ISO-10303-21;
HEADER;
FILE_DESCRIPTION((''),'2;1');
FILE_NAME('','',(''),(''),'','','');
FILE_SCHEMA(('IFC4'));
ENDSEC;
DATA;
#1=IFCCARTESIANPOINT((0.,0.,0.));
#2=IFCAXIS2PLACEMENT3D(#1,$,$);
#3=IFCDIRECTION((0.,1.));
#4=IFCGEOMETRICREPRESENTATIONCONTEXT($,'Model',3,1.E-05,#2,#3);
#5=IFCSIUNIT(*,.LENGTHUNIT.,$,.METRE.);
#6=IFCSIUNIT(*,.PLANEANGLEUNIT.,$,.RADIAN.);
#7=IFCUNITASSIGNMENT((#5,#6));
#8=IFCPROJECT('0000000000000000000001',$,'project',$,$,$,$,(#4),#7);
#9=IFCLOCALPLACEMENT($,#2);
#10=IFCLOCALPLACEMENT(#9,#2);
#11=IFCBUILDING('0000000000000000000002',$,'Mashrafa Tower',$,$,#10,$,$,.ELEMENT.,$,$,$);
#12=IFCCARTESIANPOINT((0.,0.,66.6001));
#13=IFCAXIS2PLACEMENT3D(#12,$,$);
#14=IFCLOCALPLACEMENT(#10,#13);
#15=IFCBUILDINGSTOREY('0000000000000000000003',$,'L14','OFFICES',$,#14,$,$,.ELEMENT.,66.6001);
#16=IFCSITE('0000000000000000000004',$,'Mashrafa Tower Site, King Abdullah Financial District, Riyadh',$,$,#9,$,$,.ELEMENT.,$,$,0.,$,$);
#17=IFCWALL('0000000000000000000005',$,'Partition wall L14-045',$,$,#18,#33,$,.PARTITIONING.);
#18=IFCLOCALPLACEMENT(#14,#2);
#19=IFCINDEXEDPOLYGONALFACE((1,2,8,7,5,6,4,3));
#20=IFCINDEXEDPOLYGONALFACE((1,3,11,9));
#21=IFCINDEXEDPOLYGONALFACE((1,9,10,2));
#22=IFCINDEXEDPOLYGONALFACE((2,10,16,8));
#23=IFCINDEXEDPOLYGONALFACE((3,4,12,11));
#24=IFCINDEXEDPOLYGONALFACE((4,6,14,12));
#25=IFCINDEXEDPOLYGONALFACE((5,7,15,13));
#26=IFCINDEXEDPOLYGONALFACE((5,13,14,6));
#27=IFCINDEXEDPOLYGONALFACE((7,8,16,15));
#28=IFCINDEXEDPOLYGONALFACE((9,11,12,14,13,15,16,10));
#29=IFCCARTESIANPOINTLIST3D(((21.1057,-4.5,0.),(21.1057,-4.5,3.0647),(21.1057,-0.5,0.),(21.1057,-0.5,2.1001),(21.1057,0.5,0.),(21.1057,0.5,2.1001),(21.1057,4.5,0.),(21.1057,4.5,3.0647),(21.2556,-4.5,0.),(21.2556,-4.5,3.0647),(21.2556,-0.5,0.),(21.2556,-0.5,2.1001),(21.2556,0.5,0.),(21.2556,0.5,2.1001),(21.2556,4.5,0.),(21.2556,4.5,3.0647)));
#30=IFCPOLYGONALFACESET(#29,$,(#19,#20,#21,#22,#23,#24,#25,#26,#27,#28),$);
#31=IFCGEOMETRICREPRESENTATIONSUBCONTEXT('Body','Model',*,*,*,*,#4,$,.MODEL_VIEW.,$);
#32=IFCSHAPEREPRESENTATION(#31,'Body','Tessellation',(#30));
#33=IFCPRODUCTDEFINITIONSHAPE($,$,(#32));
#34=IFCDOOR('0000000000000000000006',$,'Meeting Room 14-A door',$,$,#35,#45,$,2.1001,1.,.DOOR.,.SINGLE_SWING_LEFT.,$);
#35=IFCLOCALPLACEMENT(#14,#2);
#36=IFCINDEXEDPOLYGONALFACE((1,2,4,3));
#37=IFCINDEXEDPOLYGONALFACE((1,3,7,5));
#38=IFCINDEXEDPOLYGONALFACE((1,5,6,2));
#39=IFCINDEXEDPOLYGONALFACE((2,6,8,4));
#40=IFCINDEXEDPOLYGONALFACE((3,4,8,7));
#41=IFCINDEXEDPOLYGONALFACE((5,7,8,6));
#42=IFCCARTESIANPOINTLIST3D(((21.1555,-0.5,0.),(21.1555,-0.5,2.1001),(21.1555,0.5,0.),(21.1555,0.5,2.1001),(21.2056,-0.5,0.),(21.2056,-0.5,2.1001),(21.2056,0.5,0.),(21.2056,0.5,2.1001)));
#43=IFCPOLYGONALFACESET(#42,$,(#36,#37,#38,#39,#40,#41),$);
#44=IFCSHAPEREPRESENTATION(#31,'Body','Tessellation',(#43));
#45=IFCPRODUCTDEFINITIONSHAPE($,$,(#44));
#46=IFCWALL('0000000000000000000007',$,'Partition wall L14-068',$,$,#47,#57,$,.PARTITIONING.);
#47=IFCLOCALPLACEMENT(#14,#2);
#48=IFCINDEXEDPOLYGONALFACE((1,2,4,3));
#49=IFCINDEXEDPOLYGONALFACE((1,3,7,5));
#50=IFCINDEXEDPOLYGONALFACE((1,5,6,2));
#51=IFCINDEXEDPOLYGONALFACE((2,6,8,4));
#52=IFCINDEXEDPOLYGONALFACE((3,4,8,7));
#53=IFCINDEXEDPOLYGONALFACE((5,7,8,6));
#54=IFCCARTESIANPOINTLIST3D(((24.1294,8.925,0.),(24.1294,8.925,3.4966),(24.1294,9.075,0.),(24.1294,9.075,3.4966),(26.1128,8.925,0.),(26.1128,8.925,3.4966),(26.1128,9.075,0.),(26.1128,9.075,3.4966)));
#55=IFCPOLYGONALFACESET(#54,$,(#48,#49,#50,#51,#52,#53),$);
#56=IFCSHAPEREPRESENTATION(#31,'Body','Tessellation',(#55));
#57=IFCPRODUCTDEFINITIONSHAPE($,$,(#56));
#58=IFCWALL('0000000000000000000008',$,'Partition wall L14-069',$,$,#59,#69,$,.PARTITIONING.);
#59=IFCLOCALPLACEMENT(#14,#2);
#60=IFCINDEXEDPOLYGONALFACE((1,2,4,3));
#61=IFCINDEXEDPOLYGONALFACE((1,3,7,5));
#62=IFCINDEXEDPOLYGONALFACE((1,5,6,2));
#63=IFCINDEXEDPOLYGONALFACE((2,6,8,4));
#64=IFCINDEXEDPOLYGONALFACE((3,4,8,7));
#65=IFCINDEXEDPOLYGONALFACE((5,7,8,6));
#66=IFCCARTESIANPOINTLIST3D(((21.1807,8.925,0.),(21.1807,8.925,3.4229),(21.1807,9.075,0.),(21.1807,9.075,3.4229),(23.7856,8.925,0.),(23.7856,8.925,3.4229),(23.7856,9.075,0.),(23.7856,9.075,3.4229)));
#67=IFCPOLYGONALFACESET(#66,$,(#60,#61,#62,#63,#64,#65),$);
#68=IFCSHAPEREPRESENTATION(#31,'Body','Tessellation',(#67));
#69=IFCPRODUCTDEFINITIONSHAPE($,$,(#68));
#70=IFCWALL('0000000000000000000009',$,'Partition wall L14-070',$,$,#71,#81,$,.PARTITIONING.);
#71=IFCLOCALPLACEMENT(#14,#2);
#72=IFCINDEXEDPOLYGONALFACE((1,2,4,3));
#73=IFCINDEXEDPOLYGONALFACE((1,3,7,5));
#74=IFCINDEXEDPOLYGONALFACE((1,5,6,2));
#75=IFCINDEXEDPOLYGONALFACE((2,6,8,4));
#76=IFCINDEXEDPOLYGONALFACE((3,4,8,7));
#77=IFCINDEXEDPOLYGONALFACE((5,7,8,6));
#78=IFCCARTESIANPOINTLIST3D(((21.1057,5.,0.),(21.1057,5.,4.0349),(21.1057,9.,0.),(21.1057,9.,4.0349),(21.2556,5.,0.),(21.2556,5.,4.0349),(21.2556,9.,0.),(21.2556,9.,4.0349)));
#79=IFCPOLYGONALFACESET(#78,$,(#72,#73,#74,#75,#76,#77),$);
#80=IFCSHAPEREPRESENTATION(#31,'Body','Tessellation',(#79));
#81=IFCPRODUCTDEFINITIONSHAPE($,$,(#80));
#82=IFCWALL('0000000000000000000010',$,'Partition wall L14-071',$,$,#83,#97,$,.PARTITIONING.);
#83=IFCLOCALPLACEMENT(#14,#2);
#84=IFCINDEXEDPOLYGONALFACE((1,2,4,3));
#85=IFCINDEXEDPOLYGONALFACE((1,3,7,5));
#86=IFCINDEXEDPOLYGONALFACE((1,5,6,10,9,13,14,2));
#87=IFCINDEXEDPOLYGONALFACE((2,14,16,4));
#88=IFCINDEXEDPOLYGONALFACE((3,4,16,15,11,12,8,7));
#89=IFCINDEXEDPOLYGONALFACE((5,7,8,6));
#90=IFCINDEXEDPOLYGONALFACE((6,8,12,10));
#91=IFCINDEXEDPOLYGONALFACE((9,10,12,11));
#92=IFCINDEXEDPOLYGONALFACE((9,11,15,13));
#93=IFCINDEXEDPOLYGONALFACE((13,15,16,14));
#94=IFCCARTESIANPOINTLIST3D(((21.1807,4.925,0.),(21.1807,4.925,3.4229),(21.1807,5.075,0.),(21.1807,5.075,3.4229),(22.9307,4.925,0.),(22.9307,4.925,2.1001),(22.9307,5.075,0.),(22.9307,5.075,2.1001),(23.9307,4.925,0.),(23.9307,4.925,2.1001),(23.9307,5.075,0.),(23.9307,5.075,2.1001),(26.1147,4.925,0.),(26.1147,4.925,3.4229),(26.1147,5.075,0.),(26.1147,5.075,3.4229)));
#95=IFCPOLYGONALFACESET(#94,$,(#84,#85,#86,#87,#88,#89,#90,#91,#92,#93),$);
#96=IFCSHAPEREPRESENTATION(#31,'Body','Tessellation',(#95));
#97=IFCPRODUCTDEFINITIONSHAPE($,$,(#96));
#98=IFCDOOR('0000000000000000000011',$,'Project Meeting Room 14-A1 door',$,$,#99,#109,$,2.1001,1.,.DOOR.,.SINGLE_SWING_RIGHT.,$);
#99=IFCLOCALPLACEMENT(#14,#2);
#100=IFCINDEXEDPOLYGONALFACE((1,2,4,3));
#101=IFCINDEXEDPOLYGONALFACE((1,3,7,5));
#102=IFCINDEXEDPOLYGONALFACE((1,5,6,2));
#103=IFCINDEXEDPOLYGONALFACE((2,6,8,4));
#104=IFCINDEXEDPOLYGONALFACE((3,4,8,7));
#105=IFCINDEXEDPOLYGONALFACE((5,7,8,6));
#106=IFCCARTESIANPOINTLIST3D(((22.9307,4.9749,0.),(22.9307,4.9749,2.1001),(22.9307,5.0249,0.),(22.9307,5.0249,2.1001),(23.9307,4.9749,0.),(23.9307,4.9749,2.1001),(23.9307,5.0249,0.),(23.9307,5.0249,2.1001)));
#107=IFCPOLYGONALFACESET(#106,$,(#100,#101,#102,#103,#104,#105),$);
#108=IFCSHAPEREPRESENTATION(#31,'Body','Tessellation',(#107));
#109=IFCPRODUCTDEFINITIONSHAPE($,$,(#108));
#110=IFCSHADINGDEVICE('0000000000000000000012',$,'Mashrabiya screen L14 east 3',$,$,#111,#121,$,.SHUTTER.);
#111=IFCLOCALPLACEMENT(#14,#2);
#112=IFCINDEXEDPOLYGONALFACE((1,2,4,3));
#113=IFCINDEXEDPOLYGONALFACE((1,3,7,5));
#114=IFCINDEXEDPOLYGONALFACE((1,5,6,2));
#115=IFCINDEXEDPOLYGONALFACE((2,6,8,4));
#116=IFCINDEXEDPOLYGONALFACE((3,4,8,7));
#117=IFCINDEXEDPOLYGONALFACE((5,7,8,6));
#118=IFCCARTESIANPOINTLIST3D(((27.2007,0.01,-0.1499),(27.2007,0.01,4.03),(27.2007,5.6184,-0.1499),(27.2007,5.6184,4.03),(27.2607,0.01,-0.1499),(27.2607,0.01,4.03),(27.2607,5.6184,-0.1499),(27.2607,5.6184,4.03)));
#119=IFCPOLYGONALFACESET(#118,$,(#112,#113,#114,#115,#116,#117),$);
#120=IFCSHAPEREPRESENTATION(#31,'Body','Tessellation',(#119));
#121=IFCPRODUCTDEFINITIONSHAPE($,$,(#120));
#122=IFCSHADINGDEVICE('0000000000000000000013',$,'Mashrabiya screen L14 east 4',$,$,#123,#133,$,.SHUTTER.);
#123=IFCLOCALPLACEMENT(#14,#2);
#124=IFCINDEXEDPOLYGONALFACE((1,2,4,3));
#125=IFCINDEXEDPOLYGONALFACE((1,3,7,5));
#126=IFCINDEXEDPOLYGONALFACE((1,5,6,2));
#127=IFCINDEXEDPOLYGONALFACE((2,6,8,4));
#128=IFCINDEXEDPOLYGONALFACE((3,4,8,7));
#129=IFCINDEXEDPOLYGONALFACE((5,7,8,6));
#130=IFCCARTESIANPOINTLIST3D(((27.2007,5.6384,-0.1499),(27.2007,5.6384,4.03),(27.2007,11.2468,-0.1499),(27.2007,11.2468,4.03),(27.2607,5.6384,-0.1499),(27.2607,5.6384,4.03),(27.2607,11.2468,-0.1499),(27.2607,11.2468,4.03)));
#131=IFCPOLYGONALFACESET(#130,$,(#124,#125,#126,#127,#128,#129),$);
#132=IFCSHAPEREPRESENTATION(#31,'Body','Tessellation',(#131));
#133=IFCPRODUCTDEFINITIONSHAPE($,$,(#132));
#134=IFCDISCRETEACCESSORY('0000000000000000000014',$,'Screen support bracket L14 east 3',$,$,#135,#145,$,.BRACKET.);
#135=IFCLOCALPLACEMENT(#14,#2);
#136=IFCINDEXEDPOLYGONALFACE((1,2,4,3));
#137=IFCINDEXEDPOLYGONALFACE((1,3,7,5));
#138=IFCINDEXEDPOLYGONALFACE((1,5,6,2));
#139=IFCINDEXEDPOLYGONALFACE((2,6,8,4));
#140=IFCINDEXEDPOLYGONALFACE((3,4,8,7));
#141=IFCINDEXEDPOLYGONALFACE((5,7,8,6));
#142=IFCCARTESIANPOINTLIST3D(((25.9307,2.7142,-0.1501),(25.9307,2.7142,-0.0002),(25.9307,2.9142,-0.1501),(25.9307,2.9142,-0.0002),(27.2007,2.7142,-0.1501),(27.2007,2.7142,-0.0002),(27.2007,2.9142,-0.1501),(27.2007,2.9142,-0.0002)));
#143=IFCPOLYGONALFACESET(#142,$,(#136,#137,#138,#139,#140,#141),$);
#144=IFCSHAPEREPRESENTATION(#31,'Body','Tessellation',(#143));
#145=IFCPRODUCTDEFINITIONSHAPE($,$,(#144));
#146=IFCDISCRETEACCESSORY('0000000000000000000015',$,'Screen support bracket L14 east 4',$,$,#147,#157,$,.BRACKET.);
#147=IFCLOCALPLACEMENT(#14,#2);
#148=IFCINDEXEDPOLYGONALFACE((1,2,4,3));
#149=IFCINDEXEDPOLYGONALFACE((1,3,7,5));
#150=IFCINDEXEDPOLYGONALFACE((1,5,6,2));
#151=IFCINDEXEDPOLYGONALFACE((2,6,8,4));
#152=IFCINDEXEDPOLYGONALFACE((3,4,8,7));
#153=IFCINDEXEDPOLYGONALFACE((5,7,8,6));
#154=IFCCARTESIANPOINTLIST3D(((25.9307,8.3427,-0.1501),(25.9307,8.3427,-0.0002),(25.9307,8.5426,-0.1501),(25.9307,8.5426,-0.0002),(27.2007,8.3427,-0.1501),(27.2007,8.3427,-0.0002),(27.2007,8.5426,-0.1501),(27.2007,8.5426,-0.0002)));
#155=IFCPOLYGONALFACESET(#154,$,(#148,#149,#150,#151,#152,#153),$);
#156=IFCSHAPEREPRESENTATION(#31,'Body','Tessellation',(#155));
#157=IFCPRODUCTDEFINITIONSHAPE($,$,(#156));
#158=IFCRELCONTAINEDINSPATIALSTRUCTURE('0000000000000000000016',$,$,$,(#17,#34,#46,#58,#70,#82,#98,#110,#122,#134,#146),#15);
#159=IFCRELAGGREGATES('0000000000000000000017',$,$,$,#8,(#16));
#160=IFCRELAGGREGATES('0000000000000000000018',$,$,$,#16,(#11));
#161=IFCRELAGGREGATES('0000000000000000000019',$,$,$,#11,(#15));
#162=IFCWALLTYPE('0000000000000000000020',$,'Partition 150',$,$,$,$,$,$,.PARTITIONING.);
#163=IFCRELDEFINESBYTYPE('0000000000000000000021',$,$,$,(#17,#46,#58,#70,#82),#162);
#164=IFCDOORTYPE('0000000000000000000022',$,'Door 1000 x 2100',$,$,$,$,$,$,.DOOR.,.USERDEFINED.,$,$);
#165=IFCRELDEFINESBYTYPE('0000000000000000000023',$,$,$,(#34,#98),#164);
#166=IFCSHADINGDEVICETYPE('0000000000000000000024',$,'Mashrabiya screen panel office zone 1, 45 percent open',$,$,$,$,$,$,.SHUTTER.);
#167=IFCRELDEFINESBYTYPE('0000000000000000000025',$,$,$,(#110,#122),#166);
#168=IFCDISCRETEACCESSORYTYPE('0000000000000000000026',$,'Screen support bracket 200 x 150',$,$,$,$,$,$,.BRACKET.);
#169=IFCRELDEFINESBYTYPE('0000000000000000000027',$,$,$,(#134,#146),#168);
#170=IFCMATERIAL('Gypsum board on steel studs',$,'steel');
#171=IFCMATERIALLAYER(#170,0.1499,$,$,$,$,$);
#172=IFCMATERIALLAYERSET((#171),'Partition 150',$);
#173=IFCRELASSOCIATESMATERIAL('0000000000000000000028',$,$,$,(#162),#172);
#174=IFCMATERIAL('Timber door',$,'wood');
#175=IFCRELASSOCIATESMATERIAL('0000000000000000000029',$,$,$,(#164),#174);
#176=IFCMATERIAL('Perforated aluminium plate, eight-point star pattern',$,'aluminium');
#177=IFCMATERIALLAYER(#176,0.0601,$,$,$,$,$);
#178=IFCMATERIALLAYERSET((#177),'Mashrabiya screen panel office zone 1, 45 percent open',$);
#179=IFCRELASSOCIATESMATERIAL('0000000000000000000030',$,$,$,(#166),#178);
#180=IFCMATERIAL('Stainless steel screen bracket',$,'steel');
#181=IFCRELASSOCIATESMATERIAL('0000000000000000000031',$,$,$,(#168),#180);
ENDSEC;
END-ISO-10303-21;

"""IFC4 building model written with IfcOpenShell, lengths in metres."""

from ifc_helpers import new_model, si_unit, direction, frame, frame_2d, origin, origin_2d, place, context, subcontext, project, spatial, rectangle, extrude, source, transform, mapped, material, layer, layer_set, type_object, type_shapes, element, fill, save


model = new_model("IFC4")

# Units and contexts
model_context = context("Model", 3, precision=1e-05, world=origin(), true_north=direction((0.0, 1.0)))
body_context = subcontext(model_context, "Body", "Model", "MODEL_VIEW")
ifc_project = project(units=[si_unit("LENGTHUNIT", "METRE"), si_unit("PLANEANGLEUNIT", "RADIAN")], contexts=[model_context])

# Site, building, storey
site_placement = place(None, origin())
site = spatial("IfcSite", under=ifc_project, at=site_placement, Name="Mashrafa Tower Site, King Abdullah Financial District, Riyadh", CompositionType="ELEMENT", RefElevation=0.0)
building_placement = place(site_placement, origin())
building = spatial("IfcBuilding", under=site, at=building_placement, Name="Mashrafa Tower", CompositionType="ELEMENT")
storey_placement = place(building_placement, frame((0.0, 0.0, 66.6001)))
storey = spatial("IfcBuildingStorey", under=building, at=storey_placement, Name="L14", Description="OFFICES", CompositionType="ELEMENT", Elevation=66.6001)

# Shared definitions
ifc_material_1 = material(Name="Gypsum board on steel studs", Category="steel")
ifc_layer_1 = layer(ifc_material_1, 0.1499)
ifc_layer_set_1 = layer_set([ifc_layer_1], Name="Partition 150")
wall_type_1 = type_object("IfcWallType", Name="Partition 150", PredefinedType="PARTITIONING", material=ifc_layer_set_1)

# Wall, opening, door
wall_1_placement = place(storey_placement, frame((21.1807, 4.5, 0.0), z_axis=(0.0, 0.0, 1.0), x_axis=(0.0, -1.0, 0.0)))
wall_1 = element("IfcWall", 1, at=wall_1_placement, inside=storey, type_object=wall_type_1, Name="Partition wall L14-045", PredefinedType="PARTITIONING", context=body_context, shape_type="SweptSolid", body=[
    extrude(rectangle(XDim=9.0, YDim=0.1499, at=frame_2d((4.5, 0.0))), origin(), (0.0, 0.0, 1.0), 3.0647),
])
opening_1_placement = place(wall_1_placement, frame((4.0, 0.0, 0.0)))
opening_1 = element("IfcOpeningElement", 2, at=opening_1_placement, cuts=wall_1, PredefinedType="OPENING", context=body_context, shape_type="SweptSolid", body=[
    extrude(rectangle(XDim=1.0, YDim=2.1001, at=frame_2d((0.5, 1.05))), frame((0.0, 0.085, 0.0), z_axis=(0.0, -1.0, 0.0), x_axis=(1.0, 0.0, 0.0)), (0.0, 0.0, 1.0), 0.1699),
])
ifc_material_2 = material(Name="Timber door", Category="wood")
door_type = type_object("IfcDoorType", Name="Door 1000 x 2100", OperationType="USERDEFINED", PredefinedType="DOOR", material=ifc_material_2)
door_1_placement = place(opening_1_placement, origin())
door_1 = element("IfcDoor", 3, at=door_1_placement, inside=storey, type_object=door_type, Name="Meeting Room 14-A door", OperationType="SINGLE_SWING_LEFT", OverallHeight=2.1001, OverallWidth=1.0, PredefinedType="DOOR", context=body_context, shape_type="SweptSolid", body=[
    extrude(rectangle(XDim=1.0, YDim=2.1001, at=frame_2d((0.5, 1.05))), frame((0.0, 0.0249, 0.0), z_axis=(0.0, -1.0, 0.0), x_axis=(1.0, 0.0, 0.0)), (0.0, 0.0, 1.0), 0.05),
])
fill(opening_1, door_1)

# Walls
wall_2_placement = place(storey_placement, frame((26.1128, 9.0, 0.0), z_axis=(0.0, 0.0, 1.0), x_axis=(-1.0, 0.0, 0.0)))
element("IfcWall", 4, at=wall_2_placement, inside=storey, type_object=wall_type_1, Name="Partition wall L14-068", PredefinedType="PARTITIONING", context=body_context, shape_type="SweptSolid", body=[
    extrude(rectangle(XDim=1.9834, YDim=0.1499, at=frame_2d((0.9917, 0.0))), origin(), (0.0, 0.0, 1.0), 3.4966),
])
wall_3_placement = place(storey_placement, frame((23.7856, 9.0, 0.0), z_axis=(0.0, 0.0, 1.0), x_axis=(-1.0, 0.0, 0.0)))
element("IfcWall", 5, at=wall_3_placement, inside=storey, type_object=wall_type_1, Name="Partition wall L14-069", PredefinedType="PARTITIONING", context=body_context, shape_type="SweptSolid", body=[
    extrude(rectangle(XDim=2.605, YDim=0.1499, at=frame_2d((1.3025, 0.0))), origin(), (0.0, 0.0, 1.0), 3.4229),
])
wall_4_placement = place(storey_placement, frame((21.1807, 9.0, 0.0), z_axis=(0.0, 0.0, 1.0), x_axis=(0.0, -1.0, 0.0)))
element("IfcWall", 6, at=wall_4_placement, inside=storey, type_object=wall_type_1, Name="Partition wall L14-070", PredefinedType="PARTITIONING", context=body_context, shape_type="SweptSolid", body=[
    extrude(rectangle(XDim=4.0, YDim=0.1499, at=frame_2d((2.0, 0.0))), origin(), (0.0, 0.0, 1.0), 4.0349),
])

# Wall, opening, door
wall_5_placement = place(storey_placement, frame((21.1807, 5.0, 0.0), z_axis=(0.0, 0.0, 1.0), x_axis=(1.0, 0.0, 0.0)))
wall_5 = element("IfcWall", 7, at=wall_5_placement, inside=storey, type_object=wall_type_1, Name="Partition wall L14-071", PredefinedType="PARTITIONING", context=body_context, shape_type="SweptSolid", body=[
    extrude(rectangle(XDim=4.9341, YDim=0.1499, at=frame_2d((2.467, 0.0))), origin(), (0.0, 0.0, 1.0), 3.4229),
])
opening_2_placement = place(wall_5_placement, frame((1.75, 0.0, 0.0)))
opening_2 = element("IfcOpeningElement", 8, at=opening_2_placement, cuts=wall_5, PredefinedType="OPENING", context=body_context, shape_type="SweptSolid", body=[
    extrude(rectangle(XDim=1.0, YDim=2.1001, at=frame_2d((0.5, 1.05))), frame((0.0, 0.085, 0.0), z_axis=(0.0, -1.0, 0.0), x_axis=(1.0, 0.0, 0.0)), (0.0, 0.0, 1.0), 0.1699),
])
door_2_placement = place(opening_2_placement, origin())
door_2 = element("IfcDoor", 9, at=door_2_placement, inside=storey, type_object=door_type, Name="Project Meeting Room 14-A1 door", OperationType="SINGLE_SWING_RIGHT", OverallHeight=2.1001, OverallWidth=1.0, PredefinedType="DOOR", context=body_context, shape_type="SweptSolid", body=[
    extrude(rectangle(XDim=1.0, YDim=2.1001, at=frame_2d((0.5, 1.05))), frame((0.0, 0.0249, 0.0), z_axis=(0.0, -1.0, 0.0), x_axis=(1.0, 0.0, 0.0)), (0.0, 0.0, 1.0), 0.05),
])
fill(opening_2, door_2)

# Shading devices
ifc_material_3 = material(Name="Perforated aluminium plate, eight-point star pattern", Category="aluminium")
ifc_layer_2 = layer(ifc_material_3, 0.0601)
ifc_layer_set_2 = layer_set([ifc_layer_2], Name="Mashrabiya screen panel office zone 1, 45 percent open")
shading_device_type = type_object("IfcShadingDeviceType", Name="Mashrabiya screen panel office zone 1, 45 percent open", PredefinedType="SHUTTER", material=ifc_layer_set_2)
shared_shape_1 = source(origin(), body_context, "Body", "SweptSolid", [
    extrude(rectangle(XDim=5.6084, YDim=0.0601, at=origin_2d()), origin(), (0.0, 0.0, 1.0), 4.1799),
])
type_shapes(shading_device_type, [shared_shape_1])
for number, where, z_axis, x_axis, name in (
    (10, (27.2307, 2.8142, -0.1499), (0.0, 0.0, 1.0), (0.0, 1.0, 0.0), "Mashrabiya screen L14 east 3"),
    (11, (27.2307, 8.4426, -0.1499), (0.0, 0.0, 1.0), (0.0, 1.0, 0.0), "Mashrabiya screen L14 east 4"),
):
    element("IfcShadingDevice", number, at=place(storey_placement, frame(where, z_axis=z_axis, x_axis=x_axis)), inside=storey, type_object=shading_device_type, Name=name, PredefinedType="SHUTTER", context=body_context, shape_type="MappedRepresentation", body=[
        mapped(shared_shape_1, transform((0.0, 0.0, 0.0))),
    ])

# Discrete accessories
ifc_material_4 = material(Name="Stainless steel screen bracket", Category="steel")
discrete_accessory_type = type_object("IfcDiscreteAccessoryType", Name="Screen support bracket 200 x 150", PredefinedType="BRACKET", material=ifc_material_4)
shared_shape_2 = source(origin(), body_context, "Body", "SweptSolid", [
    extrude(rectangle(XDim=0.2, YDim=1.27, at=origin_2d()), origin(), (0.0, 0.0, 1.0), 0.1499),
])
type_shapes(discrete_accessory_type, [shared_shape_2])
for number, where, z_axis, x_axis, name in (
    (12, (26.5657, 2.8142, -0.1501), (0.0, 0.0, 1.0), (0.0, 1.0, 0.0), "Screen support bracket L14 east 3"),
    (13, (26.5657, 8.4426, -0.1501), (0.0, 0.0, 1.0), (0.0, 1.0, 0.0), "Screen support bracket L14 east 4"),
):
    element("IfcDiscreteAccessory", number, at=place(storey_placement, frame(where, z_axis=z_axis, x_axis=x_axis)), inside=storey, type_object=discrete_accessory_type, Name=name, PredefinedType="BRACKET", context=body_context, shape_type="MappedRepresentation", body=[
        mapped(shared_shape_2, transform((0.0, 0.0, 0.0))),
    ])

save(model, "model.ifc")
